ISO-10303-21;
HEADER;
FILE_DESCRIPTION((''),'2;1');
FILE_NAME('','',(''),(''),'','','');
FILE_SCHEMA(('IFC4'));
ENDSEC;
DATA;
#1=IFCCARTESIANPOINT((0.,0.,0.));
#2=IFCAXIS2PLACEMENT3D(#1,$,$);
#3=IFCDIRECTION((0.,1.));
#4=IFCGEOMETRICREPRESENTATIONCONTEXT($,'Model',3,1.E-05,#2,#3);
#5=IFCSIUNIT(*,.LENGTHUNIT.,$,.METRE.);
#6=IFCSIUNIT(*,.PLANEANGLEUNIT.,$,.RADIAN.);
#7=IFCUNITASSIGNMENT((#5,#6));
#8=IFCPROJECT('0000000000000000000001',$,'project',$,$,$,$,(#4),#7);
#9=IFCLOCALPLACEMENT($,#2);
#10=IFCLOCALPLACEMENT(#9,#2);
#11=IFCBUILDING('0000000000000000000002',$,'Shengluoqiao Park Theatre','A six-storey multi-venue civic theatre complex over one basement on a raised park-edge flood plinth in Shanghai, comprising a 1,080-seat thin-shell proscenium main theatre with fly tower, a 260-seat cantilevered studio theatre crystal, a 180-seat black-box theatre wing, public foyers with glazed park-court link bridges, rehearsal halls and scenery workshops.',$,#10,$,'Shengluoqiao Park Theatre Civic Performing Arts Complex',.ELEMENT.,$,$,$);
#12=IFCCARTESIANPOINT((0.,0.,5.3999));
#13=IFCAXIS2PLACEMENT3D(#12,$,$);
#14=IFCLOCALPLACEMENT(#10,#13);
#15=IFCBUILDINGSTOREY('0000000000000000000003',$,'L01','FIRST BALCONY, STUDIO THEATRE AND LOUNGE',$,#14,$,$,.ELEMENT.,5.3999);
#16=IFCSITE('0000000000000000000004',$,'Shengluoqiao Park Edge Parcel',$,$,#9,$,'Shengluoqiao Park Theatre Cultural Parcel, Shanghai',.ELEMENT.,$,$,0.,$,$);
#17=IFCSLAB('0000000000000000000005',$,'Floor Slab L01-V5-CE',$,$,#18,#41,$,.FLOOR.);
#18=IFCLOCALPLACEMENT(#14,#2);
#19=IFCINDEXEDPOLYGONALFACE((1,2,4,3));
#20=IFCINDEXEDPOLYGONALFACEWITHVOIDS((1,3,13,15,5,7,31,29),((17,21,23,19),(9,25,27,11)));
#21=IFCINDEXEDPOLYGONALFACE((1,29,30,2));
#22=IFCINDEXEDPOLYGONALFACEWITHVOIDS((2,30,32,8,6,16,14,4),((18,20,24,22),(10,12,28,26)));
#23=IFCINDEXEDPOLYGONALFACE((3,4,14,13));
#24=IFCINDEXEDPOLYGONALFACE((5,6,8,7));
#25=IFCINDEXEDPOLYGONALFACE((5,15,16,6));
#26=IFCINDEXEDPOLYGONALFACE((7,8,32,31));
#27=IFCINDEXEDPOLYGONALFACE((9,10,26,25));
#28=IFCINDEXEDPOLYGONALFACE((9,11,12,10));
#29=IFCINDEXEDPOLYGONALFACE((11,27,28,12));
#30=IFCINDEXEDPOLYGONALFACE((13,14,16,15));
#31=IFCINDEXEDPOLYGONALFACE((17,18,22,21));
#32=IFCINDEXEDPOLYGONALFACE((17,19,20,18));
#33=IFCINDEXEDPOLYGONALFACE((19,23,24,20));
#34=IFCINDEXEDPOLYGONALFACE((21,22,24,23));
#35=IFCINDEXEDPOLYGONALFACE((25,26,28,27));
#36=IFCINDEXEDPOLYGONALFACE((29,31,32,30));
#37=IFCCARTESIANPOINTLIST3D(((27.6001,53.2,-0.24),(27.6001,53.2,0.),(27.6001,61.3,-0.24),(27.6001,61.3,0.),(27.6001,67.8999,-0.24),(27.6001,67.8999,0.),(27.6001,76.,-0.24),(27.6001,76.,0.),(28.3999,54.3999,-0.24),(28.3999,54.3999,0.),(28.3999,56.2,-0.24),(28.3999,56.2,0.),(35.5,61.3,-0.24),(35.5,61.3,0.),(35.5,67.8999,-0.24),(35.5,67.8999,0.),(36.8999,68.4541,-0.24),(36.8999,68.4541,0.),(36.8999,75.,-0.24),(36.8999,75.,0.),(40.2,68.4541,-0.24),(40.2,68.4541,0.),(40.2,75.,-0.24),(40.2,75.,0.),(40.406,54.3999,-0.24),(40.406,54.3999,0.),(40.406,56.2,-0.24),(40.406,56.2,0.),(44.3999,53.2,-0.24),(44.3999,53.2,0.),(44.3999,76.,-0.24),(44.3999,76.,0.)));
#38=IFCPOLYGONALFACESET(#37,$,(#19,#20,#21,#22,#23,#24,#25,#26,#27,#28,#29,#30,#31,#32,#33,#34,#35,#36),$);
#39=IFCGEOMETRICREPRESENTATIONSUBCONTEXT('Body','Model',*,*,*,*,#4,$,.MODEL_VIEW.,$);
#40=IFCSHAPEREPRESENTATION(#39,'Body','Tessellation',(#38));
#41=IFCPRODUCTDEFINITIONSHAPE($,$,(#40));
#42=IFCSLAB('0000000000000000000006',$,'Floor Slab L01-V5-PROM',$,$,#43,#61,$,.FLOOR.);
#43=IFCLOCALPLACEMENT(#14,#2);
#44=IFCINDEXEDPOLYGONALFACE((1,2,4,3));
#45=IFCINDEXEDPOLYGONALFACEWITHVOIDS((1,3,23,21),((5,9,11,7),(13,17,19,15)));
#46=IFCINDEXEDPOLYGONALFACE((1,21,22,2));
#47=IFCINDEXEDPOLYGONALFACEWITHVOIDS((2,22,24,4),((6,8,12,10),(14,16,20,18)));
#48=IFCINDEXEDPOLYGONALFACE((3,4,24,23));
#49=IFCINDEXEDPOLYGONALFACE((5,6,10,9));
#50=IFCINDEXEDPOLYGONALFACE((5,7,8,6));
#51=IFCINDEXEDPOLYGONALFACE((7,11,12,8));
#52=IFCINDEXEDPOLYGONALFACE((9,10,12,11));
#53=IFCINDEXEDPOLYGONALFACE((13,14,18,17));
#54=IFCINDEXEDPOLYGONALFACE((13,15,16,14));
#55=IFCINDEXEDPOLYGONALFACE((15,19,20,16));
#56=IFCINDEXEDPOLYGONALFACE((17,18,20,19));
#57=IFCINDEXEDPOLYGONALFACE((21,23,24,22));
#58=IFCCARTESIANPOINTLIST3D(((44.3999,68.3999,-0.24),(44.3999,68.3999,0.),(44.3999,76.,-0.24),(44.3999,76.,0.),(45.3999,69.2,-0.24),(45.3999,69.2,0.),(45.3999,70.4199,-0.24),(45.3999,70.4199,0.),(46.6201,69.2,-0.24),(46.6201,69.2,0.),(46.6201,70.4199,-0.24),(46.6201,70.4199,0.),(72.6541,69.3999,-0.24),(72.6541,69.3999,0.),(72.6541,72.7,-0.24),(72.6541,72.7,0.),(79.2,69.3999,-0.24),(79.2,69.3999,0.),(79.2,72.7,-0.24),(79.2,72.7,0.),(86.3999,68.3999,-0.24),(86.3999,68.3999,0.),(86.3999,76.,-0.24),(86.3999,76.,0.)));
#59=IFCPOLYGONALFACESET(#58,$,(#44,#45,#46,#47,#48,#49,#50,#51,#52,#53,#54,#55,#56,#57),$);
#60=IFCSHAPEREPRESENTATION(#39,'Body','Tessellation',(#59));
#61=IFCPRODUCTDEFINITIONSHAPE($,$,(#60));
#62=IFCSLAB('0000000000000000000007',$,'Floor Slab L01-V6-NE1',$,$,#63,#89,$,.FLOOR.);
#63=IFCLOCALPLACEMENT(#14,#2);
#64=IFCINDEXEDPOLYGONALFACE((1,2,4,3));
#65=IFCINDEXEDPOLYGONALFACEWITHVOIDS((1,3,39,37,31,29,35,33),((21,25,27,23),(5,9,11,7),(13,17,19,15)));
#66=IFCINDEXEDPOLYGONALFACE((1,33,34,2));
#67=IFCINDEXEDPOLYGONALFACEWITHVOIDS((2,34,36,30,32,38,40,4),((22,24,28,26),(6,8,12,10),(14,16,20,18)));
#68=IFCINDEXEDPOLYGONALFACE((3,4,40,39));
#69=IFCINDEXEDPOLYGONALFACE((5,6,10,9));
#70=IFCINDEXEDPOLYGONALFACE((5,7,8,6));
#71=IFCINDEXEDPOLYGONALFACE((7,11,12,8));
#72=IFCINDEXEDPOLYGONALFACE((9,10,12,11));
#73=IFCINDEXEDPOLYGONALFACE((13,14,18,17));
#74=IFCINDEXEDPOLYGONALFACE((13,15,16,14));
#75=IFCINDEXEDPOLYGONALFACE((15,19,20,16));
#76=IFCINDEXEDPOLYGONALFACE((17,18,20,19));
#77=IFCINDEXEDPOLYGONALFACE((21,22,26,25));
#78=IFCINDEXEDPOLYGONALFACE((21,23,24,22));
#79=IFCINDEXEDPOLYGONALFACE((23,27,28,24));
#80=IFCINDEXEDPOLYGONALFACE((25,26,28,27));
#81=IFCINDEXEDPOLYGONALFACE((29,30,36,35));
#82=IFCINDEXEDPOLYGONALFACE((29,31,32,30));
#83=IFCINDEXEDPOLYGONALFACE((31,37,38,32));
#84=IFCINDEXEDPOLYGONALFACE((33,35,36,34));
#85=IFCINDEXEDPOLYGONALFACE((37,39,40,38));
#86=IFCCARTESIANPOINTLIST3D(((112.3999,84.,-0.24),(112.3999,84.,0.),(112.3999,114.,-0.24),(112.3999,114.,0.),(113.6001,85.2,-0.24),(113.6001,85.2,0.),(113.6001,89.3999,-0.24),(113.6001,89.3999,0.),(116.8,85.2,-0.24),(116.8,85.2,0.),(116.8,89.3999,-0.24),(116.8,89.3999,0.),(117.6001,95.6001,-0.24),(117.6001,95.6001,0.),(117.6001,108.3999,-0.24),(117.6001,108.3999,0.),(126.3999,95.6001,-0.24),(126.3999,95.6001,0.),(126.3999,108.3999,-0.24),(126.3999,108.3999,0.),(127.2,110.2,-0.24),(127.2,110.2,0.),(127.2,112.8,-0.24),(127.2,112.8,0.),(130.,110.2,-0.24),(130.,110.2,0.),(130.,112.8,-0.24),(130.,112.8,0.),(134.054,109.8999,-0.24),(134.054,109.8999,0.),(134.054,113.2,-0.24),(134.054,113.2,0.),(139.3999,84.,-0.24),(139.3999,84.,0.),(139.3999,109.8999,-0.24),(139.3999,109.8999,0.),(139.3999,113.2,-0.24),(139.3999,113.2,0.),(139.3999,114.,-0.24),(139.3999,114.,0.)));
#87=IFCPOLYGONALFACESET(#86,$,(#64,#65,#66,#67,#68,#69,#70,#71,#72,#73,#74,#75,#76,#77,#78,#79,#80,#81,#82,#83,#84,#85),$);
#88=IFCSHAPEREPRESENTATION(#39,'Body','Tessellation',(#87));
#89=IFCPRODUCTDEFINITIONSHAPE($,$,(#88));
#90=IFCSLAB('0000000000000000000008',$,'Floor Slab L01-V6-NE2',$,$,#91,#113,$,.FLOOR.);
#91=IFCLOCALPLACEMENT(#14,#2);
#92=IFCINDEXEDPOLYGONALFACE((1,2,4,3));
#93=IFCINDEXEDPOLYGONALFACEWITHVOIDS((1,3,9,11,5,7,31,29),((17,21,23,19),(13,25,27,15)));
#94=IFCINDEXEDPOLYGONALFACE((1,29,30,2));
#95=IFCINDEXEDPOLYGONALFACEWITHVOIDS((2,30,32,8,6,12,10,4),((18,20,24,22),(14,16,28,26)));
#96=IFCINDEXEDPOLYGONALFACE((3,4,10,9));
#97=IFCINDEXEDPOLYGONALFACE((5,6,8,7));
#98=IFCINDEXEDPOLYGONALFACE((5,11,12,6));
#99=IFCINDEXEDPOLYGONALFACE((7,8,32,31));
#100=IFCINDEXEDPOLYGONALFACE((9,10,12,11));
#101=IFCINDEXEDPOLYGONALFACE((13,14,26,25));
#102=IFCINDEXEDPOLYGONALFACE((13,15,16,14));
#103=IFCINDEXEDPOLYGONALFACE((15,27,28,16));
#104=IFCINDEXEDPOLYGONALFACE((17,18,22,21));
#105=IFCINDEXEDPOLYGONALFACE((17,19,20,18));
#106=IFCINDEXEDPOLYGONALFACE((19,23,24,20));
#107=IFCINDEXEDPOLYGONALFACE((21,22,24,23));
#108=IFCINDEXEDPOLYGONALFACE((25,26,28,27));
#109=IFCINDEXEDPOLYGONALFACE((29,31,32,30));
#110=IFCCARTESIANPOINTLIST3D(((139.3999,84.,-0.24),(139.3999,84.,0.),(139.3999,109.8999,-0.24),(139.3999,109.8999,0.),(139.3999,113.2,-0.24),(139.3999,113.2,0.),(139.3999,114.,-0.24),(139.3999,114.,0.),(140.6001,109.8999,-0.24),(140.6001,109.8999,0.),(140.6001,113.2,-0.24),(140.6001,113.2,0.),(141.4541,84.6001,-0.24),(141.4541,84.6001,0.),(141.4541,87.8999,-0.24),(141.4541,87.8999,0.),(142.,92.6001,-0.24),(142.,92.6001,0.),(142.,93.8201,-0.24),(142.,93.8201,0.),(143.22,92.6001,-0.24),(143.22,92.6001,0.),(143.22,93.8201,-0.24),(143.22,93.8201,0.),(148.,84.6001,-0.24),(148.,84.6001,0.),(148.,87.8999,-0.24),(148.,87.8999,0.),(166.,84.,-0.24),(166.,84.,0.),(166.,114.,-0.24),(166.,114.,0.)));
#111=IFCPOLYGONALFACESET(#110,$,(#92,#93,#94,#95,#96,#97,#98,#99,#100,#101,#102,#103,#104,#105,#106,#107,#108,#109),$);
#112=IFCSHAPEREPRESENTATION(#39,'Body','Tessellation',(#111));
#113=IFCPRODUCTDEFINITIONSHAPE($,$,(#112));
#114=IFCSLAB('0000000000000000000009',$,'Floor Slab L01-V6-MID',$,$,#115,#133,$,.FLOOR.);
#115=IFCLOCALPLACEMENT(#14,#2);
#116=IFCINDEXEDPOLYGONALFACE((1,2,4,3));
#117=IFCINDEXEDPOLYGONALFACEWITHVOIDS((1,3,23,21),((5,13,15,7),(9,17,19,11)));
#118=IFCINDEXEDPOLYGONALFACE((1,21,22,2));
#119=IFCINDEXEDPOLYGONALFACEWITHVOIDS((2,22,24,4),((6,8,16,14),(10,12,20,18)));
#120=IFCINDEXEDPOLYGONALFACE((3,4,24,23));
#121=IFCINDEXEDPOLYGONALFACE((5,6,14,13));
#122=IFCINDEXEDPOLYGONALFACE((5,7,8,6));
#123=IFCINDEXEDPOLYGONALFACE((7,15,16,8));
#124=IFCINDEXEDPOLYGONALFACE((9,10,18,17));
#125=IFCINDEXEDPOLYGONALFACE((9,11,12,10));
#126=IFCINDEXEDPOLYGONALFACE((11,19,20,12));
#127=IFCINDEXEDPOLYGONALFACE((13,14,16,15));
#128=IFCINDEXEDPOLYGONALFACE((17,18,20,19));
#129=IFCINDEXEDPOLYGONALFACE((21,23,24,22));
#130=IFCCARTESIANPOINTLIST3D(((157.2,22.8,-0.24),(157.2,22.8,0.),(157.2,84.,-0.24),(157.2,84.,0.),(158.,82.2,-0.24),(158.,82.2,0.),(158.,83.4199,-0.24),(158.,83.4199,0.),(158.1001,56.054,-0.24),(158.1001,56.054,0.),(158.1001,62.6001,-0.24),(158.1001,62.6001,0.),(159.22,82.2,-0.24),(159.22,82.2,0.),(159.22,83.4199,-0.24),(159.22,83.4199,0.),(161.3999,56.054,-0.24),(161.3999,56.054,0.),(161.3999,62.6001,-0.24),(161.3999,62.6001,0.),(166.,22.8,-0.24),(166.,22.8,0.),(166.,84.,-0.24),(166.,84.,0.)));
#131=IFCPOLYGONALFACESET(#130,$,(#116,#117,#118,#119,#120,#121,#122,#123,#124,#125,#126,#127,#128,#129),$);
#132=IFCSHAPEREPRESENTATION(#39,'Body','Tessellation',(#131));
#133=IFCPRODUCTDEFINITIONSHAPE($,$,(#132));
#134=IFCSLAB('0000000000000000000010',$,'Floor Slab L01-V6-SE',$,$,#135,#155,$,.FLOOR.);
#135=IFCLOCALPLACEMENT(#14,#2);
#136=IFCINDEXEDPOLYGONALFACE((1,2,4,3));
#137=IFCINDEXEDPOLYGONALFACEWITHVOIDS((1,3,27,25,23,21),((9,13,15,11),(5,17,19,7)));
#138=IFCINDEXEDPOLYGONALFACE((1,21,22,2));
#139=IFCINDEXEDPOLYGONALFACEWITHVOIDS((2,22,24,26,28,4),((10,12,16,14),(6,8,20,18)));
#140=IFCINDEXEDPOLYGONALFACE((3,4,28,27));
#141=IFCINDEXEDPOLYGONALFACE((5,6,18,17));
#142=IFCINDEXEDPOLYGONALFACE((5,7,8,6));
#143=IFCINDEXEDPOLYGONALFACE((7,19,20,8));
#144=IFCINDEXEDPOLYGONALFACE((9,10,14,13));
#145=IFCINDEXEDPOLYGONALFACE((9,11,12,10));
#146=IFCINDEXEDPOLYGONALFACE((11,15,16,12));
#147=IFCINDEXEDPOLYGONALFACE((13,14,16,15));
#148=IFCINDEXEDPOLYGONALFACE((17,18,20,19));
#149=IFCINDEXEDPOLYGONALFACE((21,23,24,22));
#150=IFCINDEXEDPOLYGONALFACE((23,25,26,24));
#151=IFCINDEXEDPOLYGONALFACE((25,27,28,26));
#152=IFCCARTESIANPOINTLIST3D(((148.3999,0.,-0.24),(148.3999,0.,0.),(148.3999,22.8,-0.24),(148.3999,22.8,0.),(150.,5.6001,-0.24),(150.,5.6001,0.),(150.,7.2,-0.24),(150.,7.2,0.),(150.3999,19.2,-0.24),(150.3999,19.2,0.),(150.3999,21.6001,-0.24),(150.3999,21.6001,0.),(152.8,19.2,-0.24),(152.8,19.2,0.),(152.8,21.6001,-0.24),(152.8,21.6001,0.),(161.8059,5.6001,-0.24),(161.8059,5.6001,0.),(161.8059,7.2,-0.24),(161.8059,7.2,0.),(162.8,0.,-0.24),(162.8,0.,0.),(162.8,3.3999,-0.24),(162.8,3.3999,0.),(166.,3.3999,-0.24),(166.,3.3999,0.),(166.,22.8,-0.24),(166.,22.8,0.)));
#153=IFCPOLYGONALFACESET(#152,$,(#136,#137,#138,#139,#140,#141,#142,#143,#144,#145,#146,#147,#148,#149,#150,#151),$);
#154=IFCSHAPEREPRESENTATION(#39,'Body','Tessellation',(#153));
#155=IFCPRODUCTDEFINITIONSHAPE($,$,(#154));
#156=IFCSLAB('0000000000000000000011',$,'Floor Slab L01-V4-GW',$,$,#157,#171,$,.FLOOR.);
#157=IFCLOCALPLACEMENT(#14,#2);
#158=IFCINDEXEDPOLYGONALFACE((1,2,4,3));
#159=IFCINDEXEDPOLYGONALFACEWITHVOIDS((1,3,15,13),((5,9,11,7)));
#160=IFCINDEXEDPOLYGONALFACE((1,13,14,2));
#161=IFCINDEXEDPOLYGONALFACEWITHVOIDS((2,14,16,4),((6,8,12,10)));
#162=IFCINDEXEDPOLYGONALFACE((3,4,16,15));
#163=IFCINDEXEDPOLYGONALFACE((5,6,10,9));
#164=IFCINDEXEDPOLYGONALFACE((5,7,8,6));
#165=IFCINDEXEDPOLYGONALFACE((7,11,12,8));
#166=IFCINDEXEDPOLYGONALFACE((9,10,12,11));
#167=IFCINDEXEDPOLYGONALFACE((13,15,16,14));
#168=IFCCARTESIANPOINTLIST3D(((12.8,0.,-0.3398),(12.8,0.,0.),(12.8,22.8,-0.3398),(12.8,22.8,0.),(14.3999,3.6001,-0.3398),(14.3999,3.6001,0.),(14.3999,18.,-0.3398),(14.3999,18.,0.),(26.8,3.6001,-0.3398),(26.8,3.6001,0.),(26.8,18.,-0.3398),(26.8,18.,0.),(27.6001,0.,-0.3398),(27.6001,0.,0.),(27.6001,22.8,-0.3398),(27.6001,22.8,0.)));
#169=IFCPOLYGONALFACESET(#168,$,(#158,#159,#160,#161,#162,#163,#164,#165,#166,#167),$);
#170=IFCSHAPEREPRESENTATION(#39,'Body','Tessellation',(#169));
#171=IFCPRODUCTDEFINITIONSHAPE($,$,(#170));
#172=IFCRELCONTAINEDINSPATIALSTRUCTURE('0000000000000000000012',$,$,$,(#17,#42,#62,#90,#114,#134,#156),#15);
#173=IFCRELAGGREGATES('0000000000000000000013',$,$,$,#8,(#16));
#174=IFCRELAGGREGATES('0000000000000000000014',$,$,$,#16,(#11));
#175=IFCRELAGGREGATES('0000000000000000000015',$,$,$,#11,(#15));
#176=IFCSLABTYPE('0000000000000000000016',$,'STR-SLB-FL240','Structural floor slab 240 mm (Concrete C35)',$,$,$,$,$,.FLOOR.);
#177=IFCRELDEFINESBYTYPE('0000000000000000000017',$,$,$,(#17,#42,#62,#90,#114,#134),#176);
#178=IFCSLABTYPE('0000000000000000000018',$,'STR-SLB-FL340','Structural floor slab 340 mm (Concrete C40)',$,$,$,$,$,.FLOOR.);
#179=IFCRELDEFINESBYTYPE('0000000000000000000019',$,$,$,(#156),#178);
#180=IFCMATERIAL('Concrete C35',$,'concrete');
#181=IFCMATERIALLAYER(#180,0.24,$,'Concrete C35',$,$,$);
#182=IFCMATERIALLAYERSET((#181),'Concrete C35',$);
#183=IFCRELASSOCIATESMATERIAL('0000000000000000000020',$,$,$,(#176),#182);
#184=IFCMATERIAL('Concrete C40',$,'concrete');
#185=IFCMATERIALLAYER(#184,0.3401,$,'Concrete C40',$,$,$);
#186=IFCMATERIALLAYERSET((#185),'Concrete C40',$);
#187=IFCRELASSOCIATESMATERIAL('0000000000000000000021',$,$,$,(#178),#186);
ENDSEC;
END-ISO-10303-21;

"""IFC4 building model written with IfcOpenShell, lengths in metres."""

from ifc_helpers import new_model, si_unit, direction, frame, origin, place, context, subcontext, project, spatial, polyline, outline, extrude, material, layer, layer_set, type_object, element, save


model = new_model("IFC4")

# Units and contexts
model_context = context("Model", 3, precision=1e-05, world=origin(), true_north=direction((0.0, 1.0)))
body_context = subcontext(model_context, "Body", "Model", "MODEL_VIEW")
ifc_project = project(units=[si_unit("LENGTHUNIT", "METRE"), si_unit("PLANEANGLEUNIT", "RADIAN")], contexts=[model_context])

# Site, building, storey
site_placement = place(None, origin())
site = spatial("IfcSite", under=ifc_project, at=site_placement, Name="Shengluoqiao Park Edge Parcel", LongName="Shengluoqiao Park Theatre Cultural Parcel, Shanghai", CompositionType="ELEMENT", RefElevation=0.0)
building_placement = place(site_placement, origin())
building = spatial("IfcBuilding", under=site, at=building_placement, Name="Shengluoqiao Park Theatre", Description="A six-storey multi-venue civic theatre complex over one basement on a raised park-edge flood plinth in Shanghai, comprising a 1,080-seat thin-shell proscenium main theatre with fly tower, a 260-seat cantilevered studio theatre crystal, a 180-seat black-box theatre wing, public foyers with glazed park-court link bridges, rehearsal halls and scenery workshops.", LongName="Shengluoqiao Park Theatre Civic Performing Arts Complex", CompositionType="ELEMENT")
storey_placement = place(building_placement, frame((0.0, 0.0, 5.3999)))
storey = spatial("IfcBuildingStorey", under=building, at=storey_placement, Name="L01", Description="FIRST BALCONY, STUDIO THEATRE AND LOUNGE", CompositionType="ELEMENT", Elevation=5.3999)

# Shared definitions
ifc_material_1 = material(Name="Concrete C40", Category="concrete")

# Slabs
ifc_material_2 = material(Name="Concrete C35", Category="concrete")
ifc_layer_1 = layer(ifc_material_2, 0.24, Name="Concrete C35")
ifc_layer_set_1 = layer_set([ifc_layer_1], Name="Concrete C35")
slab_type_1 = type_object("IfcSlabType", Name="STR-SLB-FL240", Description="Structural floor slab 240 mm (Concrete C35)", PredefinedType="FLOOR", material=ifc_layer_set_1)
slab_1_placement = place(storey_placement, frame((0.0, 0.0, -0.24)))
element("IfcSlab", 1, at=slab_1_placement, inside=storey, type_object=slab_type_1, Name="Floor Slab L01-V5-CE", PredefinedType="FLOOR", context=body_context, shape_type="SweptSolid", body=[
    extrude(outline(polyline([(27.6001, 76.0), (44.3999, 76.0), (44.3999, 53.2), (27.6001, 53.2), (27.6001, 61.3), (35.5, 61.3), (35.5, 67.8999), (27.6001, 67.8999), (27.6001, 76.0)]), holes=[polyline([(28.3999, 54.3999), (40.406, 54.3999), (40.406, 56.2), (28.3999, 56.2), (28.3999, 54.3999)]), polyline([(40.2, 68.4541), (40.2, 75.0), (36.8999, 75.0), (36.8999, 68.4541), (40.2, 68.4541)])]), origin(), (0.0, 0.0, 1.0), 0.24),
])
slab_2_placement = place(storey_placement, frame((0.0, 0.0, -0.24)))
element("IfcSlab", 2, at=slab_2_placement, inside=storey, type_object=slab_type_1, Name="Floor Slab L01-V5-PROM", PredefinedType="FLOOR", context=body_context, shape_type="SweptSolid", body=[
    extrude(outline(polyline([(44.3999, 68.3999), (44.3999, 76.0), (86.3999, 76.0), (86.3999, 68.3999), (44.3999, 68.3999)]), holes=[polyline([(46.6201, 69.2), (46.6201, 70.4199), (45.3999, 70.4199), (45.3999, 69.2), (46.6201, 69.2)]), polyline([(72.6541, 69.3999), (79.2, 69.3999), (79.2, 72.7), (72.6541, 72.7), (72.6541, 69.3999)])]), origin(), (0.0, 0.0, 1.0), 0.24),
])
slab_3_placement = place(storey_placement, frame((0.0, 0.0, -0.24)))
element("IfcSlab", 3, at=slab_3_placement, inside=storey, type_object=slab_type_1, Name="Floor Slab L01-V6-NE1", PredefinedType="FLOOR", context=body_context, shape_type="SweptSolid", body=[
    extrude(outline(polyline([(139.3999, 84.0), (112.3999, 84.0), (112.3999, 114.0), (139.3999, 114.0), (139.3999, 113.2), (134.054, 113.2), (134.054, 109.8999), (139.3999, 109.8999), (139.3999, 84.0)]), holes=[polyline([(116.8, 85.2), (116.8, 89.3999), (113.6001, 89.3999), (113.6001, 85.2), (116.8, 85.2)]), polyline([(117.6001, 95.6001), (126.3999, 95.6001), (126.3999, 108.3999), (117.6001, 108.3999), (117.6001, 95.6001)]), polyline([(130.0, 110.2), (130.0, 112.8), (127.2, 112.8), (127.2, 110.2), (130.0, 110.2)])]), origin(), (0.0, 0.0, 1.0), 0.24),
])
slab_4_placement = place(storey_placement, frame((0.0, 0.0, -0.24)))
element("IfcSlab", 4, at=slab_4_placement, inside=storey, type_object=slab_type_1, Name="Floor Slab L01-V6-NE2", PredefinedType="FLOOR", context=body_context, shape_type="SweptSolid", body=[
    extrude(outline(polyline([(139.3999, 114.0), (166.0, 114.0), (166.0, 84.0), (139.3999, 84.0), (139.3999, 109.8999), (140.6001, 109.8999), (140.6001, 113.2), (139.3999, 113.2), (139.3999, 114.0)]), holes=[polyline([(141.4541, 84.6001), (148.0, 84.6001), (148.0, 87.8999), (141.4541, 87.8999), (141.4541, 84.6001)]), polyline([(142.0, 92.6001), (143.22, 92.6001), (143.22, 93.8201), (142.0, 93.8201), (142.0, 92.6001)])]), origin(), (0.0, 0.0, 1.0), 0.24),
])
slab_5_placement = place(storey_placement, frame((0.0, 0.0, -0.24)))
element("IfcSlab", 5, at=slab_5_placement, inside=storey, type_object=slab_type_1, Name="Floor Slab L01-V6-MID", PredefinedType="FLOOR", context=body_context, shape_type="SweptSolid", body=[
    extrude(outline(polyline([(157.2, 22.8), (157.2, 84.0), (166.0, 84.0), (166.0, 22.8), (157.2, 22.8)]), holes=[polyline([(161.3999, 56.054), (161.3999, 62.6001), (158.1001, 62.6001), (158.1001, 56.054), (161.3999, 56.054)]), polyline([(158.0, 82.2), (159.22, 82.2), (159.22, 83.4199), (158.0, 83.4199), (158.0, 82.2)])]), origin(), (0.0, 0.0, 1.0), 0.24),
])
slab_6_placement = place(storey_placement, frame((0.0, 0.0, -0.24)))
element("IfcSlab", 6, at=slab_6_placement, inside=storey, type_object=slab_type_1, Name="Floor Slab L01-V6-SE", PredefinedType="FLOOR", context=body_context, shape_type="SweptSolid", body=[
    extrude(outline(polyline([(148.3999, 22.8), (166.0, 22.8), (166.0, 3.3999), (162.8, 3.3999), (162.8, 0.0), (148.3999, 0.0), (148.3999, 22.8)]), holes=[polyline([(161.8059, 5.6001), (161.8059, 7.2), (150.0, 7.2), (150.0, 5.6001), (161.8059, 5.6001)]), polyline([(152.8, 19.2), (152.8, 21.6001), (150.3999, 21.6001), (150.3999, 19.2), (152.8, 19.2)])]), origin(), (0.0, 0.0, 1.0), 0.24),
])
ifc_layer_2 = layer(ifc_material_1, 0.3401, Name="Concrete C40")
ifc_layer_set_2 = layer_set([ifc_layer_2], Name="Concrete C40")
slab_type_2 = type_object("IfcSlabType", Name="STR-SLB-FL340", Description="Structural floor slab 340 mm (Concrete C40)", PredefinedType="FLOOR", material=ifc_layer_set_2)
slab_7_placement = place(storey_placement, frame((0.0, 0.0, -0.3398)))
element("IfcSlab", 7, at=slab_7_placement, inside=storey, type_object=slab_type_2, Name="Floor Slab L01-V4-GW", PredefinedType="FLOOR", context=body_context, shape_type="SweptSolid", body=[
    extrude(outline(polyline([(12.8, 0.0), (12.8, 22.8), (27.6001, 22.8), (27.6001, 0.0), (12.8, 0.0)]), holes=[polyline([(26.8, 3.6001), (26.8, 18.0), (14.3999, 18.0), (14.3999, 3.6001), (26.8, 3.6001)])]), origin(), (0.0, 0.0, 1.0), 0.3398),
])

save(model, "model.ifc")
